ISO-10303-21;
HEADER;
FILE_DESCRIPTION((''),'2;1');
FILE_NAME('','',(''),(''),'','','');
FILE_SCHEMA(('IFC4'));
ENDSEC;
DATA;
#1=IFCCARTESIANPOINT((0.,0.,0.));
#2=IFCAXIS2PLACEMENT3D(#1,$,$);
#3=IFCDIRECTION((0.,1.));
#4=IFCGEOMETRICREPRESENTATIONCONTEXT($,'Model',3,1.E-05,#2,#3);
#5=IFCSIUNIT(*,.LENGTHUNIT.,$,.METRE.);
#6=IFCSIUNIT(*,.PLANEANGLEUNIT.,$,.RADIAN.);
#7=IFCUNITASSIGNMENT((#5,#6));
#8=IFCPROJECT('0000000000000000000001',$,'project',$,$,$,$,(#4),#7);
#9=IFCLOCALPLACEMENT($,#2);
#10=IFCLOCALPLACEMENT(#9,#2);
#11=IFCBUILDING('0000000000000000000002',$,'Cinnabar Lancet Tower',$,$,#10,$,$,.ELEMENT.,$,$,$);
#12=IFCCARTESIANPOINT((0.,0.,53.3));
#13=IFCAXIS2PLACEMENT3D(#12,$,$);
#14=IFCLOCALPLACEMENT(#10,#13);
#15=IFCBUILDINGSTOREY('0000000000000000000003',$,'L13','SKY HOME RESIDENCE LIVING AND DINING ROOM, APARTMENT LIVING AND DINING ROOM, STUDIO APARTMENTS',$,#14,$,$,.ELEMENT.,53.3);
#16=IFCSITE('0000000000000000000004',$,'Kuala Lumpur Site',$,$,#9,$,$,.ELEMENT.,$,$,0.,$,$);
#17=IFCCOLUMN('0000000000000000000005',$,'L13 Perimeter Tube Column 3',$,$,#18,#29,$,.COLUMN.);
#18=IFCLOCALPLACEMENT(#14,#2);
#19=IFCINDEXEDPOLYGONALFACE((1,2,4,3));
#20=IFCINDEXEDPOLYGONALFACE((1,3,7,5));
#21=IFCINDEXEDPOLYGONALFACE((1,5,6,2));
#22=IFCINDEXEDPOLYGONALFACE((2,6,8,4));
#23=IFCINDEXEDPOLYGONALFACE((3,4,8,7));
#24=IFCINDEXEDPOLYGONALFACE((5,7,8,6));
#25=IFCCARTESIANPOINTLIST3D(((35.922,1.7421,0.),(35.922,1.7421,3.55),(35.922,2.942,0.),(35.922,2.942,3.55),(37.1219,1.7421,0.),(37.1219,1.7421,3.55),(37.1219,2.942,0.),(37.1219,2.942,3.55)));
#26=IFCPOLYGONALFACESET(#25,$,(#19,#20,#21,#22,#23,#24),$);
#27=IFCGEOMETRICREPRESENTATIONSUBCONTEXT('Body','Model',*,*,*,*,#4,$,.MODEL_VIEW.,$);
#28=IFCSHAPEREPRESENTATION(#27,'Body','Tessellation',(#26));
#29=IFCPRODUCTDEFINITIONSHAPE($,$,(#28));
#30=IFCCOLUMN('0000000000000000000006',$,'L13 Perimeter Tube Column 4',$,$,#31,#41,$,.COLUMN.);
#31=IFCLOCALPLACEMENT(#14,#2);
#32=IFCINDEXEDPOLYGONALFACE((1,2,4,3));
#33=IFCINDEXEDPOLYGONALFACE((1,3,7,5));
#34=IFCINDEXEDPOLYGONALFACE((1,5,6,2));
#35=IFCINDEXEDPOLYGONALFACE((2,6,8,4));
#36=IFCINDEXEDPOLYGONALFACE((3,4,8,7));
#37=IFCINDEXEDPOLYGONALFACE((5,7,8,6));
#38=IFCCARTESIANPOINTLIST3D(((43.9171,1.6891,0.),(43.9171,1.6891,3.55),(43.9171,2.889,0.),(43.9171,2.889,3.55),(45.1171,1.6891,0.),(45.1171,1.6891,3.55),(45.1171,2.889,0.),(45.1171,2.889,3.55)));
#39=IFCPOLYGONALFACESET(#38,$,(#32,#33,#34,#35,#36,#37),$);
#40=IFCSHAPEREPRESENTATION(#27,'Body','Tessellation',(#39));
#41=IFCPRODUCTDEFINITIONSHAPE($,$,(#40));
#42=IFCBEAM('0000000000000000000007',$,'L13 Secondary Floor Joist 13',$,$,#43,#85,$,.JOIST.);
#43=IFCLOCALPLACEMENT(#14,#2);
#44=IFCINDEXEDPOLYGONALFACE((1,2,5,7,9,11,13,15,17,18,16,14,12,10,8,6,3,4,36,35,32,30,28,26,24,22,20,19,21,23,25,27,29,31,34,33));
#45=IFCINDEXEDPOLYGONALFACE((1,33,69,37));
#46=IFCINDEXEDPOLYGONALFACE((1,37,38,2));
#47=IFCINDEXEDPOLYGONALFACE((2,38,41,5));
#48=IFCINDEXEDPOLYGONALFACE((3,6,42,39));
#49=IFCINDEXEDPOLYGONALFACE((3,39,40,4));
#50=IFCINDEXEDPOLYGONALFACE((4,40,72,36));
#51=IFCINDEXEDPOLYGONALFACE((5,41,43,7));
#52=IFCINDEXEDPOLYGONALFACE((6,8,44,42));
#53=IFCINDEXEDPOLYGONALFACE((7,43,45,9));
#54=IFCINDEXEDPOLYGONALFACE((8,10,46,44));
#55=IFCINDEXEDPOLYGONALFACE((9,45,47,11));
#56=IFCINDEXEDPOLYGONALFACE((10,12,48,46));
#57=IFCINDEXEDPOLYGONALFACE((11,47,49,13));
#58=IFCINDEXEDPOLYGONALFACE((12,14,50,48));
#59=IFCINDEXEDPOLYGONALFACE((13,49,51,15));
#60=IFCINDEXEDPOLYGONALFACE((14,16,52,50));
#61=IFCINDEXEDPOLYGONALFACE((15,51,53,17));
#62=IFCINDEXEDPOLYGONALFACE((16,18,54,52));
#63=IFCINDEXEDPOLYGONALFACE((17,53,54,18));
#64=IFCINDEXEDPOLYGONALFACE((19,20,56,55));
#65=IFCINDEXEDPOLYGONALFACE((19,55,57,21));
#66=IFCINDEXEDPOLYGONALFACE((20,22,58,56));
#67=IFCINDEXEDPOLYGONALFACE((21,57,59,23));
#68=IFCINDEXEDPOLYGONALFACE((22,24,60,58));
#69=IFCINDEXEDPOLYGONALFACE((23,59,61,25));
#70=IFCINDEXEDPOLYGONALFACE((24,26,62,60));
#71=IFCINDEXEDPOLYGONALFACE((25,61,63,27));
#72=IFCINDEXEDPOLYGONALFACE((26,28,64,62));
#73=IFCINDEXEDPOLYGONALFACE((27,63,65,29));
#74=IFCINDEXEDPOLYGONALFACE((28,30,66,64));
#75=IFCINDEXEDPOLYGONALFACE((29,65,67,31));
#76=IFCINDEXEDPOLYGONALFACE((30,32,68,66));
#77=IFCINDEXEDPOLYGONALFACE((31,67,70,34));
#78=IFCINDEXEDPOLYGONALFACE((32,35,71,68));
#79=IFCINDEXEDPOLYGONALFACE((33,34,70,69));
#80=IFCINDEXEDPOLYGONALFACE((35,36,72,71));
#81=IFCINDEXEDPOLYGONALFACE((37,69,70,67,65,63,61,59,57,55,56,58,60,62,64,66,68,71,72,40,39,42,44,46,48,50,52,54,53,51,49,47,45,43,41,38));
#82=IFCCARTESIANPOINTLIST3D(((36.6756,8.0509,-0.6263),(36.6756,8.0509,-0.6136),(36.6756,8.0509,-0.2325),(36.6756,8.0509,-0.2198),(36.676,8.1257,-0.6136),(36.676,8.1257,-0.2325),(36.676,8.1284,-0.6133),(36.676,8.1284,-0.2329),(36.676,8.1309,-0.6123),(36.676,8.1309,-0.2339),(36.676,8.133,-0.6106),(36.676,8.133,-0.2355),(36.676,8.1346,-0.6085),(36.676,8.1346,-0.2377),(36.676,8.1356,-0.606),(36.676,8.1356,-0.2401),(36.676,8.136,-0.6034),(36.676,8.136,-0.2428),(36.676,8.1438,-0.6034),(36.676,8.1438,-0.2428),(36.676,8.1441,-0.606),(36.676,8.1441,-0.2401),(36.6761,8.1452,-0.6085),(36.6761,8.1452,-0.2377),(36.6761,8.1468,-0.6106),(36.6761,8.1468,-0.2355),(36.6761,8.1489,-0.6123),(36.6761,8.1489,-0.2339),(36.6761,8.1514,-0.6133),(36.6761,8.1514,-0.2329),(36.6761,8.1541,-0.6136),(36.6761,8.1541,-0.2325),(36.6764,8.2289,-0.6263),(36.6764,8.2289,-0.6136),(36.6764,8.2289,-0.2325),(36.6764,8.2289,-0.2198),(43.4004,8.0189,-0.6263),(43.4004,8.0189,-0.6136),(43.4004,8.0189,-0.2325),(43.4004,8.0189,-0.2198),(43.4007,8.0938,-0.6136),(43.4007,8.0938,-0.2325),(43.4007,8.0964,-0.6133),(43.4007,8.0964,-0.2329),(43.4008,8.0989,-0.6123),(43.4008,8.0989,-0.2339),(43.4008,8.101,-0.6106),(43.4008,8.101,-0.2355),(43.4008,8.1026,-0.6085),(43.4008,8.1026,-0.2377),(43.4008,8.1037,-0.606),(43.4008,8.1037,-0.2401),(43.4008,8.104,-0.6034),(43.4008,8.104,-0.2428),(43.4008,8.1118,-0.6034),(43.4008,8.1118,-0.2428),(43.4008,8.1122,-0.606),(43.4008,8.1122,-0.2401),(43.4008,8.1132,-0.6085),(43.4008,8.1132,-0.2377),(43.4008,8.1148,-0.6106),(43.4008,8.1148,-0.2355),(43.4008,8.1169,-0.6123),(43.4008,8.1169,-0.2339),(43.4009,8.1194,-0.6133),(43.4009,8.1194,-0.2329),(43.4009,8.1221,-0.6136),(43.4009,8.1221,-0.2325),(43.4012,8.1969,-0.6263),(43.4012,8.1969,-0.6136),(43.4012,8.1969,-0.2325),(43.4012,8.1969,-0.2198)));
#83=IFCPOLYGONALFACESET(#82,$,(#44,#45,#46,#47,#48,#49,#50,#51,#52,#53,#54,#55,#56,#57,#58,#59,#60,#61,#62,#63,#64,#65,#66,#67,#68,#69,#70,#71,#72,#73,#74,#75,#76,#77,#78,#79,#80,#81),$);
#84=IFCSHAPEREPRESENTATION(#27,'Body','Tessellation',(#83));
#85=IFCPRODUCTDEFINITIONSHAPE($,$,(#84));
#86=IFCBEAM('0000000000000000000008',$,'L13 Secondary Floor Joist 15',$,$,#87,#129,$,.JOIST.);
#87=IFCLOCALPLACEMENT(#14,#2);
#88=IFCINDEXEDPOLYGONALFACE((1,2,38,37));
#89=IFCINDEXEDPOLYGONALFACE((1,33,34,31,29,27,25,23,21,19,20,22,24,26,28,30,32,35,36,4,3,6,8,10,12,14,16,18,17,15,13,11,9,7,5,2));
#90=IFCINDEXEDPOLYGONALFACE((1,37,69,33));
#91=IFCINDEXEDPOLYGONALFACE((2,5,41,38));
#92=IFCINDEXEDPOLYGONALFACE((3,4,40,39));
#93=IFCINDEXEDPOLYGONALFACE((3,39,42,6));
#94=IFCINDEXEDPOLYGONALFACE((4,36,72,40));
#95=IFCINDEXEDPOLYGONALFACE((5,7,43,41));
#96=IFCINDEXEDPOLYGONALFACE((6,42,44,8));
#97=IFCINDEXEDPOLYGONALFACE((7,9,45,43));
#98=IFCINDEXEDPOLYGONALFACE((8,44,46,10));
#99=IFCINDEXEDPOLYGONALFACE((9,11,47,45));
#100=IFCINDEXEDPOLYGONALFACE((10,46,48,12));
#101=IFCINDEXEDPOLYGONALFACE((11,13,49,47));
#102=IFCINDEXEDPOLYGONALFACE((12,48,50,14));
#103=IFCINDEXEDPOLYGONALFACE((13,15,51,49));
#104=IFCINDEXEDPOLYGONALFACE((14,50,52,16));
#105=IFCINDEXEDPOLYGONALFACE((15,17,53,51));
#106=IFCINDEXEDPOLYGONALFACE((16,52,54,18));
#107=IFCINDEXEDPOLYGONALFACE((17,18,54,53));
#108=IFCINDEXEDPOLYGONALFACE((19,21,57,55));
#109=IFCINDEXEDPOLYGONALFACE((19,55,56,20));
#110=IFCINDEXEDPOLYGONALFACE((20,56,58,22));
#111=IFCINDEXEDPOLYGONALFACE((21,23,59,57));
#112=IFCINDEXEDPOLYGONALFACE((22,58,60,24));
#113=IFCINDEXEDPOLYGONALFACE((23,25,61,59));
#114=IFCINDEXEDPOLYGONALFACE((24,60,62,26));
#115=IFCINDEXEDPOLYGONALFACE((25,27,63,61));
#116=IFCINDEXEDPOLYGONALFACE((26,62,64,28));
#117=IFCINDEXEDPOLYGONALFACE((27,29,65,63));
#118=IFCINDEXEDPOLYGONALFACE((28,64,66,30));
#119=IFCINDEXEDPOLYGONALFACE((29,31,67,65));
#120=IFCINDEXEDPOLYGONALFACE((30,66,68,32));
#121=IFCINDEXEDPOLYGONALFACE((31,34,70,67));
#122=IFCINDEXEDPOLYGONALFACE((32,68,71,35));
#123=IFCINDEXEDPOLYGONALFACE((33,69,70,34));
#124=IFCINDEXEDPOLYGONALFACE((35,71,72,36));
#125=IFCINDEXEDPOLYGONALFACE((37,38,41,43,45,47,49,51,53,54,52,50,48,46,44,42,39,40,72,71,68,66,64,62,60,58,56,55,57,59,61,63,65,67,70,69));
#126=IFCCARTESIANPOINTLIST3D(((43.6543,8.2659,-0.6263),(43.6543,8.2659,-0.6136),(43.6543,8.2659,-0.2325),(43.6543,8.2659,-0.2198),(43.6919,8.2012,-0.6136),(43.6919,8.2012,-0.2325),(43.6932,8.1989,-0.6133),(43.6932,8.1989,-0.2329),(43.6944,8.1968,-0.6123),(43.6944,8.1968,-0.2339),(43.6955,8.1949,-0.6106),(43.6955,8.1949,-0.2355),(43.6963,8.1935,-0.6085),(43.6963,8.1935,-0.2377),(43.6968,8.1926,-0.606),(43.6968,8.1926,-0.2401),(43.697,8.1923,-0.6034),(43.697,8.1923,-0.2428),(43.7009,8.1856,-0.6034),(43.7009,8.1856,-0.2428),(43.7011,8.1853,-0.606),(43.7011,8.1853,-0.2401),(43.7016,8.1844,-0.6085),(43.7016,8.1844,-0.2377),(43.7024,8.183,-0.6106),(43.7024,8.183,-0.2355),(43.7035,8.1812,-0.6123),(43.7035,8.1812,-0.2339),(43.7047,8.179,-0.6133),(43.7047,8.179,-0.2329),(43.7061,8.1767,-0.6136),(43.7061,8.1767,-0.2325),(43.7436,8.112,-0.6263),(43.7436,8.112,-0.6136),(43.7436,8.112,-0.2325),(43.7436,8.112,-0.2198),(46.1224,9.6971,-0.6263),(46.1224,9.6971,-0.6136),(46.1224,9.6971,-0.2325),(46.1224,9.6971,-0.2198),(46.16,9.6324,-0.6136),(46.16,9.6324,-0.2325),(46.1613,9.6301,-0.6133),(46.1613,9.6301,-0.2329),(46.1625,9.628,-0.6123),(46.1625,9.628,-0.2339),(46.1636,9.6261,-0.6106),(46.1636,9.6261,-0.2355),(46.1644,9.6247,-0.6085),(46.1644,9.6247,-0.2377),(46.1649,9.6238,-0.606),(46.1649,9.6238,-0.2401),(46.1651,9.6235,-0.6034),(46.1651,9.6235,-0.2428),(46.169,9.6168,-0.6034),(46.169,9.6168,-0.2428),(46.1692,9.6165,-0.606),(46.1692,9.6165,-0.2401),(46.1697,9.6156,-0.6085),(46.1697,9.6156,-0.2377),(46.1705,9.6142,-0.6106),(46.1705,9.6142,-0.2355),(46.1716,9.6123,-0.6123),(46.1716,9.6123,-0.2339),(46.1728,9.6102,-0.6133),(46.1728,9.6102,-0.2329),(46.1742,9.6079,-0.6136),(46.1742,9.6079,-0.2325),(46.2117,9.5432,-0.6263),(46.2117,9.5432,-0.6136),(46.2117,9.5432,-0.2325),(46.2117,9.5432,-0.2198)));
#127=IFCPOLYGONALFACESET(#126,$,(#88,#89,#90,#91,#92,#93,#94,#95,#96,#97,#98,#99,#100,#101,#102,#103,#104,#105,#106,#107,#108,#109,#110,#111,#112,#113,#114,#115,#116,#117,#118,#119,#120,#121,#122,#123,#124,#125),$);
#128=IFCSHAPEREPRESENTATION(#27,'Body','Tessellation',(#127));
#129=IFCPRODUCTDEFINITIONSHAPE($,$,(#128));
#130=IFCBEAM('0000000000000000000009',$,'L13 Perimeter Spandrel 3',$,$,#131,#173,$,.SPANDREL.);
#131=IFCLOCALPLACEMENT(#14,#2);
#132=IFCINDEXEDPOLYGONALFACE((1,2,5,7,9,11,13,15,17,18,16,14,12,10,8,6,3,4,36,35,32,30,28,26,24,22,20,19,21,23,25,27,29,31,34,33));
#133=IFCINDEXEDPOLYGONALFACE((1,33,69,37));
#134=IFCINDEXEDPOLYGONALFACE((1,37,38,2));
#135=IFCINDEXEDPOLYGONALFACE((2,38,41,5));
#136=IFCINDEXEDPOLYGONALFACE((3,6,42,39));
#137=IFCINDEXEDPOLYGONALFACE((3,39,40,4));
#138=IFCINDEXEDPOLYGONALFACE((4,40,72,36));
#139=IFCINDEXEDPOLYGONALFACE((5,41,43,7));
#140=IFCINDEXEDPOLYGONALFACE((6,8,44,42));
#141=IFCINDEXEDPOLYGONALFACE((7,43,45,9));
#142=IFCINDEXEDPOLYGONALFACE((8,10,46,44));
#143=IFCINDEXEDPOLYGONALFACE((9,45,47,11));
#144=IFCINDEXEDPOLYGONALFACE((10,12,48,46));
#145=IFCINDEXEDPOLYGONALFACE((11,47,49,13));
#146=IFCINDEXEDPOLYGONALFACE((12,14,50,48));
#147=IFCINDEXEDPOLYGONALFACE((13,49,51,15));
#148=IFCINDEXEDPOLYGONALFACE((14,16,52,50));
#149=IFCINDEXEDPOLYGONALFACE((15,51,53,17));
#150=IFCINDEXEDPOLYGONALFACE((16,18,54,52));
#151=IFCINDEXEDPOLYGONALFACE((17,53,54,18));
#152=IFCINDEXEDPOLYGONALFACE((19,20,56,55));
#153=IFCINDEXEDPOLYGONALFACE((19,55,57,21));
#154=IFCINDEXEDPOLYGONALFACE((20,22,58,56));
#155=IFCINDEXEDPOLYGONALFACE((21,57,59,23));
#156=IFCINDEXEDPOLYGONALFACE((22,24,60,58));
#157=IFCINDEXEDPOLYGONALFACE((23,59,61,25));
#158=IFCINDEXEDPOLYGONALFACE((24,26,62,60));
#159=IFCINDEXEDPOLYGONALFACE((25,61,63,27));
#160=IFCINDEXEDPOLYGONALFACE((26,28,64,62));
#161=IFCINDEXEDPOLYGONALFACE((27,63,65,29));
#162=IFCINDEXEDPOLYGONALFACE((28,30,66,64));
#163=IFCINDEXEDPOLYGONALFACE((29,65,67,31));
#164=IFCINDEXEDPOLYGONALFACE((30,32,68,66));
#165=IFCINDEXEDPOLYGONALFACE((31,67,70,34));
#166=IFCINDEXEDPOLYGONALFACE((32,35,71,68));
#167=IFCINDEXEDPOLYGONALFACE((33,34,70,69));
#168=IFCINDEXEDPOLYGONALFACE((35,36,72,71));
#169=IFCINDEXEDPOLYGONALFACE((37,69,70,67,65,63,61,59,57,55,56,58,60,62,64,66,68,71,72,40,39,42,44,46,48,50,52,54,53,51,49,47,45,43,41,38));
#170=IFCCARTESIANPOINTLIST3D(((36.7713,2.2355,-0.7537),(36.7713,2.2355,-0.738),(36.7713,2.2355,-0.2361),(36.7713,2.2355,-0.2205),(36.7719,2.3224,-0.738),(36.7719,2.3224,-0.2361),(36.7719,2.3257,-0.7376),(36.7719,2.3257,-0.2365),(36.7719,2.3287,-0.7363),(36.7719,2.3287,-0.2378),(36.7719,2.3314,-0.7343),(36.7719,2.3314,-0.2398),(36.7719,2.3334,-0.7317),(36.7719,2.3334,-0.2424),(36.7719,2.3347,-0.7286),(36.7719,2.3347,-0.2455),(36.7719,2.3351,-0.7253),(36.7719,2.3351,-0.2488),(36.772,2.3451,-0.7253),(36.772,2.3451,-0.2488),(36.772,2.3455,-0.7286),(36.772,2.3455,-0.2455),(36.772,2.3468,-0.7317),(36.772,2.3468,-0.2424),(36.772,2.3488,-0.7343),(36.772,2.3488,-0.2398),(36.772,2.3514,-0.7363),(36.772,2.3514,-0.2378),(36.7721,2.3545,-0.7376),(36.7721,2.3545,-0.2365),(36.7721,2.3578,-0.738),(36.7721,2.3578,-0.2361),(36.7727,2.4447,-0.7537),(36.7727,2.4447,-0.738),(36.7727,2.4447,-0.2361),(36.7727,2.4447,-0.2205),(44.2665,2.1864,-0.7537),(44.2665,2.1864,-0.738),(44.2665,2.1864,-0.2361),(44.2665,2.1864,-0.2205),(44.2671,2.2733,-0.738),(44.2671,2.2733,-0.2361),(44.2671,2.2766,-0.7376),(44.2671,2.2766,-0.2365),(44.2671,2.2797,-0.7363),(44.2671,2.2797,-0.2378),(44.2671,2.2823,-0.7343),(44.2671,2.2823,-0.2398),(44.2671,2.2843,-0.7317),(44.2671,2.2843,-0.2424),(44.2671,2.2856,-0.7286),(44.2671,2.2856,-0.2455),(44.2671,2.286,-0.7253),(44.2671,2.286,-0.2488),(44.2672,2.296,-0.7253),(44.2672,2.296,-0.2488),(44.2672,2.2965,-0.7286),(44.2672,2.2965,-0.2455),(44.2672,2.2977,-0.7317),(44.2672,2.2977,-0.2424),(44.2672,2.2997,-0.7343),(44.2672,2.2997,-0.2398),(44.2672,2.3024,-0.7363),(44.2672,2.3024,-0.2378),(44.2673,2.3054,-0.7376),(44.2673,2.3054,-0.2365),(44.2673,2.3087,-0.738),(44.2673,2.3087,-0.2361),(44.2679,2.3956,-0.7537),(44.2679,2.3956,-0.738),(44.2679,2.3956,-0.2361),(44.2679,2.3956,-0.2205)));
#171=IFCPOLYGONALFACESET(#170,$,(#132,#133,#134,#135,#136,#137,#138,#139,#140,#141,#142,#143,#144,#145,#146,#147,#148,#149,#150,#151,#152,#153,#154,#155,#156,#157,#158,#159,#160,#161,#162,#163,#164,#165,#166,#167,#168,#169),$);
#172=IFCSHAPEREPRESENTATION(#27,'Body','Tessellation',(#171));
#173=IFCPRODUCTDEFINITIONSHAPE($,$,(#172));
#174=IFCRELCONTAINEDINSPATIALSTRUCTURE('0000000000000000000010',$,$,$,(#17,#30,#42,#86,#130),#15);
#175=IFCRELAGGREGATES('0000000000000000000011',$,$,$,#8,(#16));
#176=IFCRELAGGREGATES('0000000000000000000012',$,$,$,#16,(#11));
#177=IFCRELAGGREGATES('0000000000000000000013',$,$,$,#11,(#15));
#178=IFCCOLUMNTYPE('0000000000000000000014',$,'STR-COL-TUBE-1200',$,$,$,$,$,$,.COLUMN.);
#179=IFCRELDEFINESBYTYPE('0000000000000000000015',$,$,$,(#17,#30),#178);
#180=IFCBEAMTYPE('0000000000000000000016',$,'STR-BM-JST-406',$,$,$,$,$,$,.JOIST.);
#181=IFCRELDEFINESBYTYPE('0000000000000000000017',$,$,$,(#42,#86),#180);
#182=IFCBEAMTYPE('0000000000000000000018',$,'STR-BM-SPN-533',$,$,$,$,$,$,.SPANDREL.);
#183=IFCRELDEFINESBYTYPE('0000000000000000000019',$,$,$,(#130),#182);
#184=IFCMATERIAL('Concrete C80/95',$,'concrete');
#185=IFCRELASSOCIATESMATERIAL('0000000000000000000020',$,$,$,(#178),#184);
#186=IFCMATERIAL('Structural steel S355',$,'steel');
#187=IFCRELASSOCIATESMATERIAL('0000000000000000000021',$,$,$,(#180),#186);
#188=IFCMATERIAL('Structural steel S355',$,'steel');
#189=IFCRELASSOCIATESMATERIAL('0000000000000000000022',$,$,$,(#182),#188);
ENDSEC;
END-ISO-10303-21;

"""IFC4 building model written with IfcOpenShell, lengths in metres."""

from ifc_helpers import new_model, si_unit, direction, frame, origin, origin_2d, place, context, subcontext, project, spatial, rectangle, i_section, extrude, material, material_profile, profile_set, type_object, element, save


model = new_model("IFC4")

# Units and contexts
model_context = context("Model", 3, precision=1e-05, world=origin(), true_north=direction((0.0, 1.0)))
body_context = subcontext(model_context, "Body", "Model", "MODEL_VIEW")
ifc_project = project(units=[si_unit("LENGTHUNIT", "METRE"), si_unit("PLANEANGLEUNIT", "RADIAN")], contexts=[model_context])

# Site, building, storey
site_placement = place(None, origin())
site = spatial("IfcSite", under=ifc_project, at=site_placement, Name="Kuala Lumpur Site", CompositionType="ELEMENT", RefElevation=0.0)
building_placement = place(site_placement, origin())
building = spatial("IfcBuilding", under=site, at=building_placement, Name="Cinnabar Lancet Tower", CompositionType="ELEMENT")
storey_placement = place(building_placement, frame((0.0, 0.0, 53.3)))
storey = spatial("IfcBuildingStorey", under=building, at=storey_placement, Name="L13", Description="SKY HOME RESIDENCE LIVING AND DINING ROOM, APARTMENT LIVING AND DINING ROOM, STUDIO APARTMENTS", CompositionType="ELEMENT", Elevation=53.3)

# Columns
ifc_material_1 = material(Name="Concrete C80/95", Category="concrete")
ifc_material_profile_1 = material_profile(ifc_material_1, rectangle(XDim=1.2, YDim=1.2, at=origin_2d()), Name="RC-COL 1200x1200")
ifc_profile_set_1 = profile_set([ifc_material_profile_1], Name="Concrete C80/95")
column_type = type_object("IfcColumnType", Name="STR-COL-TUBE-1200", PredefinedType="COLUMN", material=ifc_profile_set_1)
for number, where, z_axis, x_axis, name in (
    (1, (36.522, 2.342, 0.0), (0.0, 0.0, 1.0), (1.0, 0.0, 0.0), "L13 Perimeter Tube Column 3"),
    (2, (44.5171, 2.2891, 0.0), (0.0, 0.0, 1.0), (1.0, 0.0, 0.0), "L13 Perimeter Tube Column 4"),
):
    element("IfcColumn", number, at=place(storey_placement, frame(where, z_axis=z_axis, x_axis=x_axis)), inside=storey, type_object=column_type, Name=name, PredefinedType="COLUMN", context=body_context, shape_type="SweptSolid", body=[
        extrude(rectangle(XDim=1.2, YDim=1.2, at=origin_2d()), origin(), (0.0, 0.0, 1.0), 3.55),
    ])

# Beams
ifc_material_2 = material(Name="Structural steel S355", Category="steel")
ifc_material_profile_2 = material_profile(ifc_material_2, i_section(OverallWidth=0.178, OverallDepth=0.4065, WebThickness=0.0078, FlangeThickness=0.0127, FilletRadius=0.0103, at=origin_2d()), Name="UKB 406x178x60")
ifc_profile_set_2 = profile_set([ifc_material_profile_2], Name="Structural steel S355")
beam_type_1 = type_object("IfcBeamType", Name="STR-BM-JST-406", PredefinedType="JOIST", material=ifc_profile_set_2)
beam_1_placement = place(storey_placement, frame((36.676, 8.1399, -0.4231), z_axis=(0.999989, -0.004756, 0.0), x_axis=(0.004756, 0.999989, 0.0)))
element("IfcBeam", 3, at=beam_1_placement, inside=storey, type_object=beam_type_1, Name="L13 Secondary Floor Joist 13", PredefinedType="JOIST", context=body_context, shape_type="SweptSolid", body=[
    extrude(i_section(OverallWidth=0.178, OverallDepth=0.4065, WebThickness=0.0078, FlangeThickness=0.0127, FilletRadius=0.0103, at=origin_2d()), origin(), (0.0, 0.0, 1.0), 6.7249),
])
beam_2_placement = place(storey_placement, frame((43.699, 8.189, -0.4231), z_axis=(0.865076, 0.50164, 0.0), x_axis=(-0.50164, 0.865076, 0.0)))
element("IfcBeam", 4, at=beam_2_placement, inside=storey, type_object=beam_type_1, Name="L13 Secondary Floor Joist 15", PredefinedType="JOIST", context=body_context, shape_type="SweptSolid", body=[
    extrude(i_section(OverallWidth=0.178, OverallDepth=0.4065, WebThickness=0.0078, FlangeThickness=0.0127, FilletRadius=0.0103, at=origin_2d()), origin(), (0.0, 0.0, 1.0), 2.853),
])
ifc_material_3 = material(Name="Structural steel S355", Category="steel")
ifc_material_profile_3 = material_profile(ifc_material_3, i_section(OverallWidth=0.2092, OverallDepth=0.5332, WebThickness=0.01, FlangeThickness=0.0156, FilletRadius=0.0127, at=origin_2d()), Name="UKB 533x210x92")
ifc_profile_set_3 = profile_set([ifc_material_profile_3], Name="Structural steel S355")
beam_type_2 = type_object("IfcBeamType", Name="STR-BM-SPN-533", PredefinedType="SPANDREL", material=ifc_profile_set_3)
beam_3_placement = place(storey_placement, frame((36.772, 2.3401, -0.4871), z_axis=(0.999979, -0.006547, 0.0), x_axis=(0.006547, 0.999979, 0.0)))
element("IfcBeam", 5, at=beam_3_placement, inside=storey, type_object=beam_type_2, Name="L13 Perimeter Spandrel 3", PredefinedType="SPANDREL", context=body_context, shape_type="SweptSolid", body=[
    extrude(i_section(OverallWidth=0.2092, OverallDepth=0.5332, WebThickness=0.01, FlangeThickness=0.0156, FilletRadius=0.0127, at=origin_2d()), origin(), (0.0, 0.0, 1.0), 7.4954),
])

save(model, "model.ifc")
